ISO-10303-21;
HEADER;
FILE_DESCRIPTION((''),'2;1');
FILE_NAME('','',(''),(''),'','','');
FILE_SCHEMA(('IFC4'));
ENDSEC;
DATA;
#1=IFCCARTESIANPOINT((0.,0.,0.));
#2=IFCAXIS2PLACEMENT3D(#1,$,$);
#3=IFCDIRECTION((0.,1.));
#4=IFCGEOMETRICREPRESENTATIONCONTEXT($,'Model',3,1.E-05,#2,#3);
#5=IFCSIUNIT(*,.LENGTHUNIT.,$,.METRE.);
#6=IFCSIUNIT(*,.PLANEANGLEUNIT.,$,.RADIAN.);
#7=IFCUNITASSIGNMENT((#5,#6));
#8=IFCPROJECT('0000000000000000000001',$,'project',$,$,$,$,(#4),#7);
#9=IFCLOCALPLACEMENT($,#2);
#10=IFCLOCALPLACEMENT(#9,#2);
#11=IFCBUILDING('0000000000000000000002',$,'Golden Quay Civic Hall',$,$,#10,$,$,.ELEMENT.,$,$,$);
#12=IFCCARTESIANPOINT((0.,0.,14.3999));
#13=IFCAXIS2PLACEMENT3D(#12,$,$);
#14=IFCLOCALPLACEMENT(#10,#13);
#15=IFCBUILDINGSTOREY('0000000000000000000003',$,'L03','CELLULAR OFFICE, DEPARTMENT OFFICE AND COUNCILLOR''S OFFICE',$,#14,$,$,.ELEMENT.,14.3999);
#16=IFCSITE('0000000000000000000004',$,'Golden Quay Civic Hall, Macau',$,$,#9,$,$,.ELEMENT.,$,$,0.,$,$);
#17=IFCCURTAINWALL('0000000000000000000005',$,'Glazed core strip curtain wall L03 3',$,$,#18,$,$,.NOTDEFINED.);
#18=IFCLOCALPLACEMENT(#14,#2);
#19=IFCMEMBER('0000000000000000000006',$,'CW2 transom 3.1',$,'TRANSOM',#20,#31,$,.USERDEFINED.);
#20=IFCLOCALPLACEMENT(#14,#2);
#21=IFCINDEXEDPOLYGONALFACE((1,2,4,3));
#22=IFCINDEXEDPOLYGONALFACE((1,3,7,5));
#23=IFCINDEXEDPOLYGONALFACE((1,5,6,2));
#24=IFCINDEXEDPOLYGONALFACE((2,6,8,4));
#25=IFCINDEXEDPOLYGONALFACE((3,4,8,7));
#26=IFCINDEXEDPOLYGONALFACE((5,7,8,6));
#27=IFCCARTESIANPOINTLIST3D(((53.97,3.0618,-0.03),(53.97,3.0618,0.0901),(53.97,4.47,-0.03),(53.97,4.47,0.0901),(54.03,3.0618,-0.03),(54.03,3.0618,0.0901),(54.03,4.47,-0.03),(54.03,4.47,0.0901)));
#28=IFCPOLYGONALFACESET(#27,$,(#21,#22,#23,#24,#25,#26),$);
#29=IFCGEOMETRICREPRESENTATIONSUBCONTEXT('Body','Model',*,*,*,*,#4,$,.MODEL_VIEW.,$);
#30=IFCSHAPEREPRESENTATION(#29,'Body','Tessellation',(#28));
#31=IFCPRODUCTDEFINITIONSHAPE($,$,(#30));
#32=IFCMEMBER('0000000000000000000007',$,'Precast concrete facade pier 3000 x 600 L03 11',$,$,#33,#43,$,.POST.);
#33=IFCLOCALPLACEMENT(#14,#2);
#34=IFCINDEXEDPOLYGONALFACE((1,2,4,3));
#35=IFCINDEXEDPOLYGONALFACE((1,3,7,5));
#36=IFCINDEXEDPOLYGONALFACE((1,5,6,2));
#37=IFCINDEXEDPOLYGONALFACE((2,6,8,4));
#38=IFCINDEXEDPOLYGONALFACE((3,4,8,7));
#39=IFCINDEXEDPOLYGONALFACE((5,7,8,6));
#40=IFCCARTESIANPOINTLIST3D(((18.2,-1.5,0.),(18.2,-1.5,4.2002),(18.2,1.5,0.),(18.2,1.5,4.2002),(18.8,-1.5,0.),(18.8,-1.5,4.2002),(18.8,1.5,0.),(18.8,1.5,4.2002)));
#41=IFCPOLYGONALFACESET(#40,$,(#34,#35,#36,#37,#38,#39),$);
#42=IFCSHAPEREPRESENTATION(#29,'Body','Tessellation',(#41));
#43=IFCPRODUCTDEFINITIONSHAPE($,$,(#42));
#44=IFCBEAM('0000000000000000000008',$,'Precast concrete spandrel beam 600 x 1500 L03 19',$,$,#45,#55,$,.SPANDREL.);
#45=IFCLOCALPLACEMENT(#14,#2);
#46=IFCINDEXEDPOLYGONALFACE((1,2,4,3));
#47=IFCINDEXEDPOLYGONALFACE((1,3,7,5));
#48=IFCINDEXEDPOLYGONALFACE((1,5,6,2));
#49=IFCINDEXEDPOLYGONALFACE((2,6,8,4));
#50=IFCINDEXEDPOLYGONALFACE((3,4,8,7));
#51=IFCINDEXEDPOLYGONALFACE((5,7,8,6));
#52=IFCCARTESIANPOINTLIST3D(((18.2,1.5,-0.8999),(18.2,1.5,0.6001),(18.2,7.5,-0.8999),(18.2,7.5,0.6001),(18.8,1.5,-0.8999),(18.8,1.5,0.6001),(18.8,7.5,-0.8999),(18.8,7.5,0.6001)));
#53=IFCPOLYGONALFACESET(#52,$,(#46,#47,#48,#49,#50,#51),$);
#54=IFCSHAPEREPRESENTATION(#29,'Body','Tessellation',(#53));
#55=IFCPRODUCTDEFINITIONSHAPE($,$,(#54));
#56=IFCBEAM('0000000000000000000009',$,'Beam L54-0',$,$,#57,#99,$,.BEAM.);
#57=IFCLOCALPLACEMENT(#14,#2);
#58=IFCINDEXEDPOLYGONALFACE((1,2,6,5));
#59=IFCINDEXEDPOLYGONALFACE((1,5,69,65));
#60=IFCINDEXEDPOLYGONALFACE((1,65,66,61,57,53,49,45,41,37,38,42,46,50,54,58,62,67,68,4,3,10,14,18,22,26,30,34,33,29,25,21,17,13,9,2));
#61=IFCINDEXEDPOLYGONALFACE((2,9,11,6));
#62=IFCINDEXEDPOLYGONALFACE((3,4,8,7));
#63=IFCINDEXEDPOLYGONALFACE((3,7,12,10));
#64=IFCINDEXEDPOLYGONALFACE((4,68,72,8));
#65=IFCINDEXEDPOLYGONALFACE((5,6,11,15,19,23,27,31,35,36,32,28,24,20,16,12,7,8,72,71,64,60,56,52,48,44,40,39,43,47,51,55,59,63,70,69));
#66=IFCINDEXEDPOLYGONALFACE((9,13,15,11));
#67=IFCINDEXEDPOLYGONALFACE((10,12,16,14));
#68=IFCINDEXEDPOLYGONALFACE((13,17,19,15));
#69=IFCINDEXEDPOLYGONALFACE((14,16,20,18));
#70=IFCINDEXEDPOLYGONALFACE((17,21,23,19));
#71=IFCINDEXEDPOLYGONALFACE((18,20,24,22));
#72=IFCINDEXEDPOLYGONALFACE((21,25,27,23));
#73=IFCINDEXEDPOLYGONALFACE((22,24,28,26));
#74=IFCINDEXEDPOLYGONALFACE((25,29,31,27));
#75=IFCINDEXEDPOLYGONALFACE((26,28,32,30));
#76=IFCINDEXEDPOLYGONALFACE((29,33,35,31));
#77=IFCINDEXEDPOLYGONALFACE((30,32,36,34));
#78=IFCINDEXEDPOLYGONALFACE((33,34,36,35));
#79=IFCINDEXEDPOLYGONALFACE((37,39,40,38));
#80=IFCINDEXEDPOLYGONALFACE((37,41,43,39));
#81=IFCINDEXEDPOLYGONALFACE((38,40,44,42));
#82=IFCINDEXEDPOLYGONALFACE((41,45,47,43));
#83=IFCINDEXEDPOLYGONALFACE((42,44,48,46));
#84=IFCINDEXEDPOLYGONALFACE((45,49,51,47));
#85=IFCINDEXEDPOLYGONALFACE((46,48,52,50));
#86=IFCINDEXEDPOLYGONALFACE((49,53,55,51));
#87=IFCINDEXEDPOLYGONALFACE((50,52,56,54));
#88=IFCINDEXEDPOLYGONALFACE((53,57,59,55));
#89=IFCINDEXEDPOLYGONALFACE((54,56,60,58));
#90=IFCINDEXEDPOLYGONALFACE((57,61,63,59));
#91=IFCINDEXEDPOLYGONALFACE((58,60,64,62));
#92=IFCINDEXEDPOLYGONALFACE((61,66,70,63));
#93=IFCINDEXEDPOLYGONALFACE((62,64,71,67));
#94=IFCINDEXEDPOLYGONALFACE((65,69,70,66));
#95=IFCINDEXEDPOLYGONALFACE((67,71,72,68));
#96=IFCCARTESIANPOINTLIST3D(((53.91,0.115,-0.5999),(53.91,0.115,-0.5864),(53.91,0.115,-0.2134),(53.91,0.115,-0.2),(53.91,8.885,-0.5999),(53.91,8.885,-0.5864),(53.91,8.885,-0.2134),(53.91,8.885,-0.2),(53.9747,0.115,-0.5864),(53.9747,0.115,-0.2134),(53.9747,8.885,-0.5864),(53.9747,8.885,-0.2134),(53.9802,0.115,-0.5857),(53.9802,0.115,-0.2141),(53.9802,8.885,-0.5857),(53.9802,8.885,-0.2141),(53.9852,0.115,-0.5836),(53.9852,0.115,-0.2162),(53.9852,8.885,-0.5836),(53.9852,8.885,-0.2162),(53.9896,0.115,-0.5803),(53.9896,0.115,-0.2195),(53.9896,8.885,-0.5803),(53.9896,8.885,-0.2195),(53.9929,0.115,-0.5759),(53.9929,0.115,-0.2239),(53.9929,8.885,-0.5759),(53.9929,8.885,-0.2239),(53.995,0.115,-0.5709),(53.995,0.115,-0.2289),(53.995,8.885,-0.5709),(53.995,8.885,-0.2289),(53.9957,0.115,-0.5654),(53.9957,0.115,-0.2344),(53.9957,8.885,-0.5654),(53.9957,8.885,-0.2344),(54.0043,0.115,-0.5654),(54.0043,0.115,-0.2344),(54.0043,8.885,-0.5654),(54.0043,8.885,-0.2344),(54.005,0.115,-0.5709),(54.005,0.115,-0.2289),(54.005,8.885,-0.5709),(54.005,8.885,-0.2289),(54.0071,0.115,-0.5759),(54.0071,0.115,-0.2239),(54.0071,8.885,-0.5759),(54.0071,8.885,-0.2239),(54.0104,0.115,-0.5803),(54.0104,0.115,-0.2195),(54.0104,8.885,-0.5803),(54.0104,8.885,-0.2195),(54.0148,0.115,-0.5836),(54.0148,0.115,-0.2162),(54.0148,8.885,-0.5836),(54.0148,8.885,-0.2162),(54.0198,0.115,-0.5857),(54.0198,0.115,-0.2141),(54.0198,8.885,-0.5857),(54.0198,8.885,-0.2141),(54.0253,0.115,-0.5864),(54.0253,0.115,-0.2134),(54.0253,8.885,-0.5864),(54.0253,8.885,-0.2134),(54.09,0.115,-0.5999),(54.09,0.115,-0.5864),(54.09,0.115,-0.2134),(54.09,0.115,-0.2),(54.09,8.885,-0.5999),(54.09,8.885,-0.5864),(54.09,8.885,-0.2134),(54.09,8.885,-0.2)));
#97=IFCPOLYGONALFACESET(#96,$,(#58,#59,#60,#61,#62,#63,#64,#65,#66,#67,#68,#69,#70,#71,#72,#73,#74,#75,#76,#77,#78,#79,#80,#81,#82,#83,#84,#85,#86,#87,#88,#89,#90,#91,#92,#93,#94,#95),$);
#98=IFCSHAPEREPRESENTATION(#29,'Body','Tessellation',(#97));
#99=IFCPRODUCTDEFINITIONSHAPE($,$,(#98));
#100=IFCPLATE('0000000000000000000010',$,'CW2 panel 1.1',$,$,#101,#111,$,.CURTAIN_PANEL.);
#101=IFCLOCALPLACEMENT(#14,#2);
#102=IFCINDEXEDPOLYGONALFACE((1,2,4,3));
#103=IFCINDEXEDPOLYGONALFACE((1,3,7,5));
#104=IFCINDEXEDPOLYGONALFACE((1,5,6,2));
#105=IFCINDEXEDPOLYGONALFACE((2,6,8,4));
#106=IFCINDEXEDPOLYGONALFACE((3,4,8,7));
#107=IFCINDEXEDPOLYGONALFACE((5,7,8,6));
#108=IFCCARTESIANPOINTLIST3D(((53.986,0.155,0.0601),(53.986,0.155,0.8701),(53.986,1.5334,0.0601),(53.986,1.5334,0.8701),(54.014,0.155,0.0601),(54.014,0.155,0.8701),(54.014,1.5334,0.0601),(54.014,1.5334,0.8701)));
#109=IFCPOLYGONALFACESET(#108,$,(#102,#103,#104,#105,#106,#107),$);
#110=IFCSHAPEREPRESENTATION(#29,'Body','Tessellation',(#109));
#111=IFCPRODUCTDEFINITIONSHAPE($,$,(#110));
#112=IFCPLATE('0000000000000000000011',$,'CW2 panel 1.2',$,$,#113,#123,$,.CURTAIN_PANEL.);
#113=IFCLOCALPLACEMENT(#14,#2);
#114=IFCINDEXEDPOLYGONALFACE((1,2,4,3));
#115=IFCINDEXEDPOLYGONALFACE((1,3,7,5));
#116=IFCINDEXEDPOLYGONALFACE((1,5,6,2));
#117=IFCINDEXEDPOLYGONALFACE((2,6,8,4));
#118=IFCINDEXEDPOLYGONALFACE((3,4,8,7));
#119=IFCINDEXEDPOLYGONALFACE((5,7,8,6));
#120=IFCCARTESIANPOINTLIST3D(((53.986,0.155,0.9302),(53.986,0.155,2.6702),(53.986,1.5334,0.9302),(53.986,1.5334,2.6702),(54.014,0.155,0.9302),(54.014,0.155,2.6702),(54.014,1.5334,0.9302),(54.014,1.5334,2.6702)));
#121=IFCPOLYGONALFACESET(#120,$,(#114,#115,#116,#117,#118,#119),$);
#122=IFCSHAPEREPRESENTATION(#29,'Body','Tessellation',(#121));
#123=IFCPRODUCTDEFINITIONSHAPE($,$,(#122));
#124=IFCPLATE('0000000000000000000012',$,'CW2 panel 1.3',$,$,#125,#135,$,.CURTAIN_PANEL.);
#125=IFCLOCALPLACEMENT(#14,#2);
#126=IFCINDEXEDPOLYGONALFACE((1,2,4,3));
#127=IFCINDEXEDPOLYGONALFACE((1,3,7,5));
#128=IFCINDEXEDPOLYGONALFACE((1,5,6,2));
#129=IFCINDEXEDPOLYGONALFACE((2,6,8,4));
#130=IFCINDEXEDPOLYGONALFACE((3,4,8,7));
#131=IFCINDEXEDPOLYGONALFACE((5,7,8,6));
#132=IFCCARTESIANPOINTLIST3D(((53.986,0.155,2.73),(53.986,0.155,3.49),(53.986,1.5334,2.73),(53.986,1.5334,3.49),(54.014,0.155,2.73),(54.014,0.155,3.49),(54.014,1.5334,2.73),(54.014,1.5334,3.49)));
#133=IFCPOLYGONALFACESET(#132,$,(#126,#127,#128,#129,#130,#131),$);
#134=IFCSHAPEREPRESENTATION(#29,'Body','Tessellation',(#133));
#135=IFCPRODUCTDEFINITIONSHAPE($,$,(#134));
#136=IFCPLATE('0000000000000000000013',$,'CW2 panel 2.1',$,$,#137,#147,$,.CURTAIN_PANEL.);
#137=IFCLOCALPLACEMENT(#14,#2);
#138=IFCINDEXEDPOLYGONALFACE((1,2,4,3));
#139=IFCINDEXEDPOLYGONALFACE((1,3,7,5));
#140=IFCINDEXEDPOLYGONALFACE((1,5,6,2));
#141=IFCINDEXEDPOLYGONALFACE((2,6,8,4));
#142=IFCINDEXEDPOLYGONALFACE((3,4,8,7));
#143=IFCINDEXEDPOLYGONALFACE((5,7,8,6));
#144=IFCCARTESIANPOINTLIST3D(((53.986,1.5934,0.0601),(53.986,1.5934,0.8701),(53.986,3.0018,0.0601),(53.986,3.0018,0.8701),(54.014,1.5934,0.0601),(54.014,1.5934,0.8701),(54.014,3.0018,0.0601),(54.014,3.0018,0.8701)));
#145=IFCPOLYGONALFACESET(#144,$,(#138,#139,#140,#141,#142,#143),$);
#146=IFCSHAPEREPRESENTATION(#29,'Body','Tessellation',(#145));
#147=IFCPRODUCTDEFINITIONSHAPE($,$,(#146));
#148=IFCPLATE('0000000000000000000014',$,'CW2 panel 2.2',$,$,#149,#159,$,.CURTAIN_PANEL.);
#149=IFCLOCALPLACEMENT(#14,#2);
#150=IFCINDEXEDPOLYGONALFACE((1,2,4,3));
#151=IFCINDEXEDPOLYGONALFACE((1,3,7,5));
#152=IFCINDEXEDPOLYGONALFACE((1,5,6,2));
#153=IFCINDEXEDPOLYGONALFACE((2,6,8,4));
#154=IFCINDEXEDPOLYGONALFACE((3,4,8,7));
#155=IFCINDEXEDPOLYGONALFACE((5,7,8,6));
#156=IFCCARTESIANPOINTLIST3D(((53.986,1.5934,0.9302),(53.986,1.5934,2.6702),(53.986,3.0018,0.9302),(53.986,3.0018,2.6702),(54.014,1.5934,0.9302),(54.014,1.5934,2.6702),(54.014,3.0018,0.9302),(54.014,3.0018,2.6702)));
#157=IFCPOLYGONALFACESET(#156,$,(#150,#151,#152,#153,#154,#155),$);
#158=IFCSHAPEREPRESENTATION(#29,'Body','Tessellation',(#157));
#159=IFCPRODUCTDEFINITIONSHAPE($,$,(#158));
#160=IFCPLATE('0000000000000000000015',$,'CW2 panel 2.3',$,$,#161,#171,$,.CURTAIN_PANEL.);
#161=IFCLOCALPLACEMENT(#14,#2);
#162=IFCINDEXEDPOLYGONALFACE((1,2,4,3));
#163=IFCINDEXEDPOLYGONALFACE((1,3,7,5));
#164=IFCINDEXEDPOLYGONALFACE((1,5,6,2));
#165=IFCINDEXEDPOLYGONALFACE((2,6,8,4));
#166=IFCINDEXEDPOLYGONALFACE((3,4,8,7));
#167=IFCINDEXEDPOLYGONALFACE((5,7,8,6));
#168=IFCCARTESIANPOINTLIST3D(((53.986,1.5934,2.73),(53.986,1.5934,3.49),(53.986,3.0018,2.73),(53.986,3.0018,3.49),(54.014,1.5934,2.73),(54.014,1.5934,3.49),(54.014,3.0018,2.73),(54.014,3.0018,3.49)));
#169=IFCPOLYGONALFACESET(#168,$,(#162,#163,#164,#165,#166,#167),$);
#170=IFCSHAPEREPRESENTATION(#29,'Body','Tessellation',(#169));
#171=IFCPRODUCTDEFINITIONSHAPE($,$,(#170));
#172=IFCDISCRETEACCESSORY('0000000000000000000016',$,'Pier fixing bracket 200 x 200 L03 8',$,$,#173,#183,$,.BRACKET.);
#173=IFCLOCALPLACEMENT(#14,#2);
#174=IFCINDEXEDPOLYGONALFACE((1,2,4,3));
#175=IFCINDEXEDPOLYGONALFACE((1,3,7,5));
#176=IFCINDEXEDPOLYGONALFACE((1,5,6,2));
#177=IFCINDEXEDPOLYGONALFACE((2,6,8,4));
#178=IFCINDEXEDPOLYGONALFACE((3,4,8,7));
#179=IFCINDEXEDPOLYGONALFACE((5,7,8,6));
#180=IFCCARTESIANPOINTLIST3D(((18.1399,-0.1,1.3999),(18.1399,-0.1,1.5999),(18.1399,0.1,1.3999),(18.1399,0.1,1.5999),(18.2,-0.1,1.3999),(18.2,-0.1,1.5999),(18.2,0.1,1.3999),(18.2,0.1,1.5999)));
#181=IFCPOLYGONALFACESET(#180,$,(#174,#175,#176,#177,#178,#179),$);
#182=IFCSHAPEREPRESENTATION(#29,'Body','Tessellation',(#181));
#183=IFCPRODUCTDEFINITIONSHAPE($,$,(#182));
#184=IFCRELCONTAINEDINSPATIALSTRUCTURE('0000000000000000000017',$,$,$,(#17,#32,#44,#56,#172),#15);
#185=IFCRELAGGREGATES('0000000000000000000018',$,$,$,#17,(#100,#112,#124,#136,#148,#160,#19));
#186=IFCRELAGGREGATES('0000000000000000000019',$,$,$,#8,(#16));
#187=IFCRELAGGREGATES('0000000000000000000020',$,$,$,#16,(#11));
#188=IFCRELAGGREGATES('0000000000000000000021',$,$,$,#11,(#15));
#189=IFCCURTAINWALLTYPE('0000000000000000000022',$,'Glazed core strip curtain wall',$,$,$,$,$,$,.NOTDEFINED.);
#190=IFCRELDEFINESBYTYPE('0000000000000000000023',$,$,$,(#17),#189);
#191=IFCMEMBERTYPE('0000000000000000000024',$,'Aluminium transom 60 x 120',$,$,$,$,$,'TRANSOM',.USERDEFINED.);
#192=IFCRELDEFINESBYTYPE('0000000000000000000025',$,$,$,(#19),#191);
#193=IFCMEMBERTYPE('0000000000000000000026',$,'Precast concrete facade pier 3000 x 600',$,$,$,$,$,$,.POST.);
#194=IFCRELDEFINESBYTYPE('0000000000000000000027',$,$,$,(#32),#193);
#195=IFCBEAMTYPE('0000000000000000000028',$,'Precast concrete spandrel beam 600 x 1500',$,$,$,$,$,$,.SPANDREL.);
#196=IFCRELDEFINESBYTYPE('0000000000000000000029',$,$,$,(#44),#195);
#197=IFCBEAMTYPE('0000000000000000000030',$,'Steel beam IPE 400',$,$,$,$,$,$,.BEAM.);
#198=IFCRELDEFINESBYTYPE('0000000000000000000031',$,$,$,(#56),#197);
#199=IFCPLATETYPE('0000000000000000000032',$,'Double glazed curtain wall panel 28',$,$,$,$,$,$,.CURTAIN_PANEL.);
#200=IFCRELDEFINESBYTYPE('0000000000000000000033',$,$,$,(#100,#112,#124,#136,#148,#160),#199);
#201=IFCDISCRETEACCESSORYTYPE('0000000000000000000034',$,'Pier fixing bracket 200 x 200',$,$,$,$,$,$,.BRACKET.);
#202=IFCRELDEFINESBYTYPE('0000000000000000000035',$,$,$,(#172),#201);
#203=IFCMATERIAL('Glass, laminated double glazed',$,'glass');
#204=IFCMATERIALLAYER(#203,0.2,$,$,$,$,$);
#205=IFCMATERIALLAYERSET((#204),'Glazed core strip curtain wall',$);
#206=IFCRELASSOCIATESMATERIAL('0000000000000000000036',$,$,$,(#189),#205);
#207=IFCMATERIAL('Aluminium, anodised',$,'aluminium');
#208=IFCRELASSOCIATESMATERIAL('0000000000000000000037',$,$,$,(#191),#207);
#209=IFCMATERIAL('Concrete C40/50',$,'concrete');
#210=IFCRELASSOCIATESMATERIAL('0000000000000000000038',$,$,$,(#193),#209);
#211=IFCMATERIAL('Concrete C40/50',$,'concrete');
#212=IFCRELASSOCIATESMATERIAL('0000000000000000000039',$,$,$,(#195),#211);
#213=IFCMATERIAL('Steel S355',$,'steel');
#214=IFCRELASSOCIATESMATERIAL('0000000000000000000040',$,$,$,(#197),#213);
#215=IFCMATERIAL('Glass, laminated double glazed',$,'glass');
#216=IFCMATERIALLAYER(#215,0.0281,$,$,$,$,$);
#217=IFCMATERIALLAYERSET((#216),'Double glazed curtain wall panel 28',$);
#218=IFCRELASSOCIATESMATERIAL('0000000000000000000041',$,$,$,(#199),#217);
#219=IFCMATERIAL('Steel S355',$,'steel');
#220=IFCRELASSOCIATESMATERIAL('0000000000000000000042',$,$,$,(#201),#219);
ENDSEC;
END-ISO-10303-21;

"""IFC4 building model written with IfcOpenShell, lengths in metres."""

from ifc_helpers import new_model, si_unit, direction, frame, origin, origin_2d, place, context, subcontext, project, spatial, rectangle, i_section, extrude, material, layer, layer_set, material_profile, profile_set, type_object, element, aggregate, save


model = new_model("IFC4")

# Units and contexts
model_context = context("Model", 3, precision=1e-05, world=origin(), true_north=direction((0.0, 1.0)))
body_context = subcontext(model_context, "Body", "Model", "MODEL_VIEW")
ifc_project = project(units=[si_unit("LENGTHUNIT", "METRE"), si_unit("PLANEANGLEUNIT", "RADIAN")], contexts=[model_context])

# Site, building, storey
site_placement = place(None, origin())
site = spatial("IfcSite", under=ifc_project, at=site_placement, Name="Golden Quay Civic Hall, Macau", CompositionType="ELEMENT", RefElevation=0.0)
building_placement = place(site_placement, origin())
building = spatial("IfcBuilding", under=site, at=building_placement, Name="Golden Quay Civic Hall", CompositionType="ELEMENT")
storey_placement = place(building_placement, frame((0.0, 0.0, 14.3999)))
storey = spatial("IfcBuildingStorey", under=building, at=storey_placement, Name="L03", Description="CELLULAR OFFICE, DEPARTMENT OFFICE AND COUNCILLOR'S OFFICE", CompositionType="ELEMENT", Elevation=14.3999)

# Curtain wall, member
ifc_material_1 = material(Name="Glass, laminated double glazed", Category="glass")
ifc_layer_1 = layer(ifc_material_1, 0.2)
ifc_layer_set_1 = layer_set([ifc_layer_1], Name="Glazed core strip curtain wall")
curtain_wall_type = type_object("IfcCurtainWallType", Name="Glazed core strip curtain wall", PredefinedType="NOTDEFINED", material=ifc_layer_set_1)
curtain_wall_placement = place(storey_placement, origin())
curtain_wall = element("IfcCurtainWall", 1, at=curtain_wall_placement, inside=storey, type_object=curtain_wall_type, Name="Glazed core strip curtain wall L03 3", PredefinedType="NOTDEFINED")
ifc_material_2 = material(Name="Aluminium, anodised", Category="aluminium")
ifc_material_profile_1 = material_profile(ifc_material_2, rectangle(XDim=0.0601, YDim=0.1201, at=origin_2d()), Name="Aluminium 60 x 120")
ifc_profile_set_1 = profile_set([ifc_material_profile_1], Name="Aluminium, anodised")
member_type_1 = type_object("IfcMemberType", Name="Aluminium transom 60 x 120", ElementType="TRANSOM", PredefinedType="USERDEFINED", material=ifc_profile_set_1)
member_1_placement = place(storey_placement, frame((54.0, 3.0618, 0.03), z_axis=(0.0, 1.0, 0.0), x_axis=(-1.0, 0.0, 0.0)))
member_1 = element("IfcMember", 2, at=member_1_placement, type_object=member_type_1, Name="CW2 transom 3.1", ObjectType="TRANSOM", PredefinedType="USERDEFINED", context=body_context, shape_type="SweptSolid", body=[
    extrude(rectangle(XDim=0.0601, YDim=0.1201, at=origin_2d()), origin(), (0.0, 0.0, 1.0), 1.4082),
])

# Member
ifc_material_3 = material(Name="Concrete C40/50", Category="concrete")
ifc_material_profile_2 = material_profile(ifc_material_3, rectangle(XDim=3.0, YDim=0.6001, at=origin_2d()), Name="RC 3000x600")
ifc_profile_set_2 = profile_set([ifc_material_profile_2], Name="Concrete C40/50")
member_type_2 = type_object("IfcMemberType", Name="Precast concrete facade pier 3000 x 600", PredefinedType="POST", material=ifc_profile_set_2)
member_2_placement = place(storey_placement, frame((18.5, 0.0, 0.0), z_axis=(0.0, 0.0, 1.0), x_axis=(0.0, 1.0, 0.0)))
element("IfcMember", 3, at=member_2_placement, inside=storey, type_object=member_type_2, Name="Precast concrete facade pier 3000 x 600 L03 11", PredefinedType="POST", context=body_context, shape_type="SweptSolid", body=[
    extrude(rectangle(XDim=3.0, YDim=0.6001, at=origin_2d()), origin(), (0.0, 0.0, 1.0), 4.2002),
])

# Beams
ifc_material_4 = material(Name="Concrete C40/50", Category="concrete")
ifc_material_profile_3 = material_profile(ifc_material_4, rectangle(XDim=0.6001, YDim=1.5, at=origin_2d()), Name="RC 600x1500")
ifc_profile_set_3 = profile_set([ifc_material_profile_3], Name="Concrete C40/50")
beam_type_1 = type_object("IfcBeamType", Name="Precast concrete spandrel beam 600 x 1500", PredefinedType="SPANDREL", material=ifc_profile_set_3)
beam_1_placement = place(storey_placement, frame((18.5, 1.5, -0.1499), z_axis=(0.0, 1.0, 0.0), x_axis=(-1.0, 0.0, 0.0)))
element("IfcBeam", 4, at=beam_1_placement, inside=storey, type_object=beam_type_1, Name="Precast concrete spandrel beam 600 x 1500 L03 19", PredefinedType="SPANDREL", context=body_context, shape_type="SweptSolid", body=[
    extrude(rectangle(XDim=0.6001, YDim=1.5, at=origin_2d()), origin(), (0.0, 0.0, 1.0), 6.0),
])
ifc_material_5 = material(Name="Steel S355", Category="steel")
ifc_material_profile_4 = material_profile(ifc_material_5, i_section(OverallWidth=0.1799, OverallDepth=0.3999, WebThickness=0.0085, FlangeThickness=0.0134, FilletRadius=0.021, at=origin_2d()), Name="IPE 400")
ifc_profile_set_4 = profile_set([ifc_material_profile_4], Name="Steel S355")
beam_type_2 = type_object("IfcBeamType", Name="Steel beam IPE 400", PredefinedType="BEAM", material=ifc_profile_set_4)
beam_2_placement = place(storey_placement, frame((54.0, 0.115, -0.3999), z_axis=(0.0, 1.0, 0.0), x_axis=(-1.0, 0.0, 0.0)))
element("IfcBeam", 5, at=beam_2_placement, inside=storey, type_object=beam_type_2, Name="Beam L54-0", PredefinedType="BEAM", context=body_context, shape_type="SweptSolid", body=[
    extrude(i_section(OverallWidth=0.1799, OverallDepth=0.3999, WebThickness=0.0085, FlangeThickness=0.0134, FilletRadius=0.021, at=origin_2d()), origin(), (0.0, 0.0, 1.0), 8.77),
])

# Plates
ifc_material_6 = material(Name="Glass, laminated double glazed", Category="glass")
ifc_layer_2 = layer(ifc_material_6, 0.0281)
ifc_layer_set_2 = layer_set([ifc_layer_2], Name="Double glazed curtain wall panel 28")
plate_type = type_object("IfcPlateType", Name="Double glazed curtain wall panel 28", PredefinedType="CURTAIN_PANEL", material=ifc_layer_set_2)
plate_1_placement = place(storey_placement, frame((54.0, 0.8442, 0.0601), z_axis=(0.0, 0.0, 1.0), x_axis=(0.0, 1.0, 0.0)))
plate_1 = element("IfcPlate", 6, at=plate_1_placement, type_object=plate_type, Name="CW2 panel 1.1", PredefinedType="CURTAIN_PANEL", context=body_context, shape_type="SweptSolid", body=[
    extrude(rectangle(XDim=1.3784, YDim=0.0281, at=origin_2d()), origin(), (0.0, 0.0, 1.0), 0.8101),
])
plate_2_placement = place(storey_placement, frame((54.0, 0.8442, 0.9302), z_axis=(0.0, 0.0, 1.0), x_axis=(0.0, 1.0, 0.0)))
plate_2 = element("IfcPlate", 7, at=plate_2_placement, type_object=plate_type, Name="CW2 panel 1.2", PredefinedType="CURTAIN_PANEL", context=body_context, shape_type="SweptSolid", body=[
    extrude(rectangle(XDim=1.3784, YDim=0.0281, at=origin_2d()), origin(), (0.0, 0.0, 1.0), 1.74),
])
plate_3_placement = place(storey_placement, frame((54.0, 0.8442, 2.73), z_axis=(0.0, 0.0, 1.0), x_axis=(0.0, 1.0, 0.0)))
plate_3 = element("IfcPlate", 8, at=plate_3_placement, type_object=plate_type, Name="CW2 panel 1.3", PredefinedType="CURTAIN_PANEL", context=body_context, shape_type="SweptSolid", body=[
    extrude(rectangle(XDim=1.3784, YDim=0.0281, at=origin_2d()), origin(), (0.0, 0.0, 1.0), 0.76),
])
plate_4_placement = place(storey_placement, frame((54.0, 2.2976, 0.0601), z_axis=(0.0, 0.0, 1.0), x_axis=(0.0, 1.0, 0.0)))
plate_4 = element("IfcPlate", 9, at=plate_4_placement, type_object=plate_type, Name="CW2 panel 2.1", PredefinedType="CURTAIN_PANEL", context=body_context, shape_type="SweptSolid", body=[
    extrude(rectangle(XDim=1.4084, YDim=0.0281, at=origin_2d()), origin(), (0.0, 0.0, 1.0), 0.8101),
])
plate_5_placement = place(storey_placement, frame((54.0, 2.2976, 0.9302), z_axis=(0.0, 0.0, 1.0), x_axis=(0.0, 1.0, 0.0)))
plate_5 = element("IfcPlate", 10, at=plate_5_placement, type_object=plate_type, Name="CW2 panel 2.2", PredefinedType="CURTAIN_PANEL", context=body_context, shape_type="SweptSolid", body=[
    extrude(rectangle(XDim=1.4084, YDim=0.0281, at=origin_2d()), origin(), (0.0, 0.0, 1.0), 1.74),
])
plate_6_placement = place(storey_placement, frame((54.0, 2.2976, 2.73), z_axis=(0.0, 0.0, 1.0), x_axis=(0.0, 1.0, 0.0)))
plate_6 = element("IfcPlate", 11, at=plate_6_placement, type_object=plate_type, Name="CW2 panel 2.3", PredefinedType="CURTAIN_PANEL", context=body_context, shape_type="SweptSolid", body=[
    extrude(rectangle(XDim=1.4084, YDim=0.0281, at=origin_2d()), origin(), (0.0, 0.0, 1.0), 0.76),
])
aggregate(curtain_wall, [plate_1, plate_2, plate_3, plate_4, plate_5, plate_6, member_1])

# Discrete accessory
ifc_material_7 = material(Name="Steel S355", Category="steel")
discrete_accessory_type = type_object("IfcDiscreteAccessoryType", Name="Pier fixing bracket 200 x 200", PredefinedType="BRACKET", material=ifc_material_7)
discrete_accessory_placement = place(storey_placement, frame((18.1699, 0.0, 1.3999), z_axis=(0.0, 0.0, 1.0), x_axis=(0.0, 1.0, 0.0)))
element("IfcDiscreteAccessory", 12, at=discrete_accessory_placement, inside=storey, type_object=discrete_accessory_type, Name="Pier fixing bracket 200 x 200 L03 8", PredefinedType="BRACKET", context=body_context, shape_type="SweptSolid", body=[
    extrude(rectangle(XDim=0.2, YDim=0.0601, at=origin_2d()), origin(), (0.0, 0.0, 1.0), 0.2),
])

save(model, "model.ifc")
